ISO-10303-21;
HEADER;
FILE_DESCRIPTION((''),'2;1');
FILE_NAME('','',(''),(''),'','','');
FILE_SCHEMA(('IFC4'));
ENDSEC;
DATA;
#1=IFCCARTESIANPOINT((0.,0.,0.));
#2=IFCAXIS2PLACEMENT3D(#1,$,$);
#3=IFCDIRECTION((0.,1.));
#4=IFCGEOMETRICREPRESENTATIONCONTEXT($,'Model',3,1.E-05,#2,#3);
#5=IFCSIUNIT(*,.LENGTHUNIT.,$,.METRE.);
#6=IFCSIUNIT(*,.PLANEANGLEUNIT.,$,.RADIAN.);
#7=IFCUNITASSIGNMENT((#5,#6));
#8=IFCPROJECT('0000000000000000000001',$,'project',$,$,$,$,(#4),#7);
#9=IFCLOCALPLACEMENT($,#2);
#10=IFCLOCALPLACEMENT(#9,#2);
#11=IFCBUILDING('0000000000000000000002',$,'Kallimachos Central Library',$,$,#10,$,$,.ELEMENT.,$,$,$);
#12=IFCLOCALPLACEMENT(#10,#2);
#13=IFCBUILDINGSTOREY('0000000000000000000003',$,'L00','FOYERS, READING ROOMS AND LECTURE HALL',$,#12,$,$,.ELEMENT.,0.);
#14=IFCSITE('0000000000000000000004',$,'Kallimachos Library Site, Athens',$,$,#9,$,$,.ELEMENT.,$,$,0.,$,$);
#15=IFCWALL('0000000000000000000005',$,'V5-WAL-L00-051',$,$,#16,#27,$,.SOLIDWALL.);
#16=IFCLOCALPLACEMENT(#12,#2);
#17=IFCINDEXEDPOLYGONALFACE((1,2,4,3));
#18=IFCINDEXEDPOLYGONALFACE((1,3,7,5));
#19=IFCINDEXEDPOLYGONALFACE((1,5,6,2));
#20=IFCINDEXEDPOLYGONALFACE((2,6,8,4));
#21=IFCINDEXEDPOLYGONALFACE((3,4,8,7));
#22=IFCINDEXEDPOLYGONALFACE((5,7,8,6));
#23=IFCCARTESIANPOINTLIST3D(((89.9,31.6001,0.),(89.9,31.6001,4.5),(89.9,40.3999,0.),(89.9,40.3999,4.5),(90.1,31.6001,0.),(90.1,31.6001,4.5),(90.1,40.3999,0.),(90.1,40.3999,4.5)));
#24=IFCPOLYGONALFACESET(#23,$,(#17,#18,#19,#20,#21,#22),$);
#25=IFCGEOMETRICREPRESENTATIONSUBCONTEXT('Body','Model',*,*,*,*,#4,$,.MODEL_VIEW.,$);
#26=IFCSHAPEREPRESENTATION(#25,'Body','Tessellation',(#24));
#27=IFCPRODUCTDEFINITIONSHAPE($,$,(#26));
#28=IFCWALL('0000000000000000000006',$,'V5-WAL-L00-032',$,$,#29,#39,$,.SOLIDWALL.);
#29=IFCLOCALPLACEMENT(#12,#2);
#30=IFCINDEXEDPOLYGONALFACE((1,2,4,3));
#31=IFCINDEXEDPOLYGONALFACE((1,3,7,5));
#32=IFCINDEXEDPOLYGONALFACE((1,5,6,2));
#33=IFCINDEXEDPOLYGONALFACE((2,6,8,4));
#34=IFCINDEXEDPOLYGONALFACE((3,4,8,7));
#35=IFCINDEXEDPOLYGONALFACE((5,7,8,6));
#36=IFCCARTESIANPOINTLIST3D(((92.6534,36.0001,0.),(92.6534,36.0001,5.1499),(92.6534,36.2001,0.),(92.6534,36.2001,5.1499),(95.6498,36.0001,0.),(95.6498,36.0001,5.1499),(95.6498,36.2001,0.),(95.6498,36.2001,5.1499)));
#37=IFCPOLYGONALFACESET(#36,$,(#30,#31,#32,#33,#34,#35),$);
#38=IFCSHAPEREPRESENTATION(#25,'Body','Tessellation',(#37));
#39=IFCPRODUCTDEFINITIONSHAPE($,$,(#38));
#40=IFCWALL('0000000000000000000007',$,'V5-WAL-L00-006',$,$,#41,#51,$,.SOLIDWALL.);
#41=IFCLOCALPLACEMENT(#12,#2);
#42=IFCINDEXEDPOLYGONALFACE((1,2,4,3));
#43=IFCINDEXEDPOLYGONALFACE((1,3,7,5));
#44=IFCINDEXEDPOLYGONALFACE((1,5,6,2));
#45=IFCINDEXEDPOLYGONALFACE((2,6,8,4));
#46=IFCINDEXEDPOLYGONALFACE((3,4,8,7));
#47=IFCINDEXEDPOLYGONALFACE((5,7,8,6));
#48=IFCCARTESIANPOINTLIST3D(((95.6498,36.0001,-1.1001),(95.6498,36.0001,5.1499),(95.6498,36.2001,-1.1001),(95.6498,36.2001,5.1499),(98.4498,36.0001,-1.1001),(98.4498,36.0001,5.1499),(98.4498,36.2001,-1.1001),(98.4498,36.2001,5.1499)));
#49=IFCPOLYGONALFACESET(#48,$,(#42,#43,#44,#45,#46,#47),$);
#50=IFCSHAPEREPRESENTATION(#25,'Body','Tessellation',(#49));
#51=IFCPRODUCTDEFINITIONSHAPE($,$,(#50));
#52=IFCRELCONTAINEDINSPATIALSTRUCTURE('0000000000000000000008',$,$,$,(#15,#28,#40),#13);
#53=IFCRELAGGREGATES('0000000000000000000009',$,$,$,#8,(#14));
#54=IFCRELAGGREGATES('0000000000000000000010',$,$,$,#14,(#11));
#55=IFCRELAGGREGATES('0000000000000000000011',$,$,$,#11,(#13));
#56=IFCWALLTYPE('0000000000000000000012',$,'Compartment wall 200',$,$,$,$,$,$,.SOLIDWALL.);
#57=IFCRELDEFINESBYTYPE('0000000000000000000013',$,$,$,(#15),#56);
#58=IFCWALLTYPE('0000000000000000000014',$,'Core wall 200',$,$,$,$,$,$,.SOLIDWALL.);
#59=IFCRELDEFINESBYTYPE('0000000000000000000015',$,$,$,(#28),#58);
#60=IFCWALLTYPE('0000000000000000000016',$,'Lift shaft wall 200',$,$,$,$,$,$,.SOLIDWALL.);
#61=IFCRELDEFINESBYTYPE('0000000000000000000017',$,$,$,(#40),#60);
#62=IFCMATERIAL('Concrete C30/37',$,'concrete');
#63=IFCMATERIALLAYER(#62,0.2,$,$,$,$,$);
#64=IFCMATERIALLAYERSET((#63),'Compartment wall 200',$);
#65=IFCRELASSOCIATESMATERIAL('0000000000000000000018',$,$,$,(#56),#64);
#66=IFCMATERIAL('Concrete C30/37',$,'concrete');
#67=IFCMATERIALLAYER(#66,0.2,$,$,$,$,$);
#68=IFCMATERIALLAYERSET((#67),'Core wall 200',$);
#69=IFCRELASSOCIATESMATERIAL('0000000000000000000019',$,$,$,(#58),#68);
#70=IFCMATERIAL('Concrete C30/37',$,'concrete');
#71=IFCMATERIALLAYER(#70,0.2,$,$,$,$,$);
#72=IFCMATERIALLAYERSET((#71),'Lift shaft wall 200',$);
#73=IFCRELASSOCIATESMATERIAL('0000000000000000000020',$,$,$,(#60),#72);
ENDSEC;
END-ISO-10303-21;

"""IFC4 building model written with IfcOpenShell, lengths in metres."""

from ifc_helpers import new_model, si_unit, direction, frame, frame_2d, origin, place, context, subcontext, project, spatial, rectangle, extrude, material, layer, layer_set, type_object, element, save


model = new_model("IFC4")

# Units and contexts
model_context = context("Model", 3, precision=1e-05, world=origin(), true_north=direction((0.0, 1.0)))
body_context = subcontext(model_context, "Body", "Model", "MODEL_VIEW")
ifc_project = project(units=[si_unit("LENGTHUNIT", "METRE"), si_unit("PLANEANGLEUNIT", "RADIAN")], contexts=[model_context])

# Site, building, storey
site_placement = place(None, origin())
site = spatial("IfcSite", under=ifc_project, at=site_placement, Name="Kallimachos Library Site, Athens", CompositionType="ELEMENT", RefElevation=0.0)
building_placement = place(site_placement, origin())
building = spatial("IfcBuilding", under=site, at=building_placement, Name="Kallimachos Central Library", CompositionType="ELEMENT")
storey_placement = place(building_placement, origin())
storey = spatial("IfcBuildingStorey", under=building, at=storey_placement, Name="L00", Description="FOYERS, READING ROOMS AND LECTURE HALL", CompositionType="ELEMENT", Elevation=0.0)

# Walls
ifc_material_1 = material(Name="Concrete C30/37", Category="concrete")
ifc_layer_1 = layer(ifc_material_1, 0.2)
ifc_layer_set_1 = layer_set([ifc_layer_1], Name="Compartment wall 200")
wall_type_1 = type_object("IfcWallType", Name="Compartment wall 200", PredefinedType="SOLIDWALL", material=ifc_layer_set_1)
wall_1_placement = place(storey_placement, frame((90.0, 31.6001, 0.0), z_axis=(0.0, 0.0, 1.0), x_axis=(0.0, 1.0, 0.0)))
element("IfcWall", 1, at=wall_1_placement, inside=storey, type_object=wall_type_1, Name="V5-WAL-L00-051", PredefinedType="SOLIDWALL", context=body_context, shape_type="SweptSolid", body=[
    extrude(rectangle(XDim=8.7998, YDim=0.2, at=frame_2d((4.3999, 0.0))), origin(), (0.0, 0.0, 1.0), 4.5),
])
ifc_material_2 = material(Name="Concrete C30/37", Category="concrete")
ifc_layer_2 = layer(ifc_material_2, 0.2)
ifc_layer_set_2 = layer_set([ifc_layer_2], Name="Core wall 200")
wall_type_2 = type_object("IfcWallType", Name="Core wall 200", PredefinedType="SOLIDWALL", material=ifc_layer_set_2)
wall_2_placement = place(storey_placement, frame((92.6536, 36.1001, 0.0), z_axis=(0.0, 0.0, 1.0), x_axis=(1.0, 0.0, 0.0)))
element("IfcWall", 2, at=wall_2_placement, inside=storey, type_object=wall_type_2, Name="V5-WAL-L00-032", PredefinedType="SOLIDWALL", context=body_context, shape_type="SweptSolid", body=[
    extrude(rectangle(XDim=2.9963, YDim=0.2, at=frame_2d((1.498, 0.0))), origin(), (0.0, 0.0, 1.0), 5.1499),
])
ifc_material_3 = material(Name="Concrete C30/37", Category="concrete")
ifc_layer_3 = layer(ifc_material_3, 0.2)
ifc_layer_set_3 = layer_set([ifc_layer_3], Name="Lift shaft wall 200")
wall_type_3 = type_object("IfcWallType", Name="Lift shaft wall 200", PredefinedType="SOLIDWALL", material=ifc_layer_set_3)
wall_3_placement = place(storey_placement, frame((95.6499, 36.1001, -1.1001), z_axis=(0.0, 0.0, 1.0), x_axis=(1.0, 0.0, 0.0)))
element("IfcWall", 3, at=wall_3_placement, inside=storey, type_object=wall_type_3, Name="V5-WAL-L00-006", PredefinedType="SOLIDWALL", context=body_context, shape_type="SweptSolid", body=[
    extrude(rectangle(XDim=2.8, YDim=0.2, at=frame_2d((1.3999, 0.0))), origin(), (0.0, 0.0, 1.0), 6.25),
])

save(model, "model.ifc")
